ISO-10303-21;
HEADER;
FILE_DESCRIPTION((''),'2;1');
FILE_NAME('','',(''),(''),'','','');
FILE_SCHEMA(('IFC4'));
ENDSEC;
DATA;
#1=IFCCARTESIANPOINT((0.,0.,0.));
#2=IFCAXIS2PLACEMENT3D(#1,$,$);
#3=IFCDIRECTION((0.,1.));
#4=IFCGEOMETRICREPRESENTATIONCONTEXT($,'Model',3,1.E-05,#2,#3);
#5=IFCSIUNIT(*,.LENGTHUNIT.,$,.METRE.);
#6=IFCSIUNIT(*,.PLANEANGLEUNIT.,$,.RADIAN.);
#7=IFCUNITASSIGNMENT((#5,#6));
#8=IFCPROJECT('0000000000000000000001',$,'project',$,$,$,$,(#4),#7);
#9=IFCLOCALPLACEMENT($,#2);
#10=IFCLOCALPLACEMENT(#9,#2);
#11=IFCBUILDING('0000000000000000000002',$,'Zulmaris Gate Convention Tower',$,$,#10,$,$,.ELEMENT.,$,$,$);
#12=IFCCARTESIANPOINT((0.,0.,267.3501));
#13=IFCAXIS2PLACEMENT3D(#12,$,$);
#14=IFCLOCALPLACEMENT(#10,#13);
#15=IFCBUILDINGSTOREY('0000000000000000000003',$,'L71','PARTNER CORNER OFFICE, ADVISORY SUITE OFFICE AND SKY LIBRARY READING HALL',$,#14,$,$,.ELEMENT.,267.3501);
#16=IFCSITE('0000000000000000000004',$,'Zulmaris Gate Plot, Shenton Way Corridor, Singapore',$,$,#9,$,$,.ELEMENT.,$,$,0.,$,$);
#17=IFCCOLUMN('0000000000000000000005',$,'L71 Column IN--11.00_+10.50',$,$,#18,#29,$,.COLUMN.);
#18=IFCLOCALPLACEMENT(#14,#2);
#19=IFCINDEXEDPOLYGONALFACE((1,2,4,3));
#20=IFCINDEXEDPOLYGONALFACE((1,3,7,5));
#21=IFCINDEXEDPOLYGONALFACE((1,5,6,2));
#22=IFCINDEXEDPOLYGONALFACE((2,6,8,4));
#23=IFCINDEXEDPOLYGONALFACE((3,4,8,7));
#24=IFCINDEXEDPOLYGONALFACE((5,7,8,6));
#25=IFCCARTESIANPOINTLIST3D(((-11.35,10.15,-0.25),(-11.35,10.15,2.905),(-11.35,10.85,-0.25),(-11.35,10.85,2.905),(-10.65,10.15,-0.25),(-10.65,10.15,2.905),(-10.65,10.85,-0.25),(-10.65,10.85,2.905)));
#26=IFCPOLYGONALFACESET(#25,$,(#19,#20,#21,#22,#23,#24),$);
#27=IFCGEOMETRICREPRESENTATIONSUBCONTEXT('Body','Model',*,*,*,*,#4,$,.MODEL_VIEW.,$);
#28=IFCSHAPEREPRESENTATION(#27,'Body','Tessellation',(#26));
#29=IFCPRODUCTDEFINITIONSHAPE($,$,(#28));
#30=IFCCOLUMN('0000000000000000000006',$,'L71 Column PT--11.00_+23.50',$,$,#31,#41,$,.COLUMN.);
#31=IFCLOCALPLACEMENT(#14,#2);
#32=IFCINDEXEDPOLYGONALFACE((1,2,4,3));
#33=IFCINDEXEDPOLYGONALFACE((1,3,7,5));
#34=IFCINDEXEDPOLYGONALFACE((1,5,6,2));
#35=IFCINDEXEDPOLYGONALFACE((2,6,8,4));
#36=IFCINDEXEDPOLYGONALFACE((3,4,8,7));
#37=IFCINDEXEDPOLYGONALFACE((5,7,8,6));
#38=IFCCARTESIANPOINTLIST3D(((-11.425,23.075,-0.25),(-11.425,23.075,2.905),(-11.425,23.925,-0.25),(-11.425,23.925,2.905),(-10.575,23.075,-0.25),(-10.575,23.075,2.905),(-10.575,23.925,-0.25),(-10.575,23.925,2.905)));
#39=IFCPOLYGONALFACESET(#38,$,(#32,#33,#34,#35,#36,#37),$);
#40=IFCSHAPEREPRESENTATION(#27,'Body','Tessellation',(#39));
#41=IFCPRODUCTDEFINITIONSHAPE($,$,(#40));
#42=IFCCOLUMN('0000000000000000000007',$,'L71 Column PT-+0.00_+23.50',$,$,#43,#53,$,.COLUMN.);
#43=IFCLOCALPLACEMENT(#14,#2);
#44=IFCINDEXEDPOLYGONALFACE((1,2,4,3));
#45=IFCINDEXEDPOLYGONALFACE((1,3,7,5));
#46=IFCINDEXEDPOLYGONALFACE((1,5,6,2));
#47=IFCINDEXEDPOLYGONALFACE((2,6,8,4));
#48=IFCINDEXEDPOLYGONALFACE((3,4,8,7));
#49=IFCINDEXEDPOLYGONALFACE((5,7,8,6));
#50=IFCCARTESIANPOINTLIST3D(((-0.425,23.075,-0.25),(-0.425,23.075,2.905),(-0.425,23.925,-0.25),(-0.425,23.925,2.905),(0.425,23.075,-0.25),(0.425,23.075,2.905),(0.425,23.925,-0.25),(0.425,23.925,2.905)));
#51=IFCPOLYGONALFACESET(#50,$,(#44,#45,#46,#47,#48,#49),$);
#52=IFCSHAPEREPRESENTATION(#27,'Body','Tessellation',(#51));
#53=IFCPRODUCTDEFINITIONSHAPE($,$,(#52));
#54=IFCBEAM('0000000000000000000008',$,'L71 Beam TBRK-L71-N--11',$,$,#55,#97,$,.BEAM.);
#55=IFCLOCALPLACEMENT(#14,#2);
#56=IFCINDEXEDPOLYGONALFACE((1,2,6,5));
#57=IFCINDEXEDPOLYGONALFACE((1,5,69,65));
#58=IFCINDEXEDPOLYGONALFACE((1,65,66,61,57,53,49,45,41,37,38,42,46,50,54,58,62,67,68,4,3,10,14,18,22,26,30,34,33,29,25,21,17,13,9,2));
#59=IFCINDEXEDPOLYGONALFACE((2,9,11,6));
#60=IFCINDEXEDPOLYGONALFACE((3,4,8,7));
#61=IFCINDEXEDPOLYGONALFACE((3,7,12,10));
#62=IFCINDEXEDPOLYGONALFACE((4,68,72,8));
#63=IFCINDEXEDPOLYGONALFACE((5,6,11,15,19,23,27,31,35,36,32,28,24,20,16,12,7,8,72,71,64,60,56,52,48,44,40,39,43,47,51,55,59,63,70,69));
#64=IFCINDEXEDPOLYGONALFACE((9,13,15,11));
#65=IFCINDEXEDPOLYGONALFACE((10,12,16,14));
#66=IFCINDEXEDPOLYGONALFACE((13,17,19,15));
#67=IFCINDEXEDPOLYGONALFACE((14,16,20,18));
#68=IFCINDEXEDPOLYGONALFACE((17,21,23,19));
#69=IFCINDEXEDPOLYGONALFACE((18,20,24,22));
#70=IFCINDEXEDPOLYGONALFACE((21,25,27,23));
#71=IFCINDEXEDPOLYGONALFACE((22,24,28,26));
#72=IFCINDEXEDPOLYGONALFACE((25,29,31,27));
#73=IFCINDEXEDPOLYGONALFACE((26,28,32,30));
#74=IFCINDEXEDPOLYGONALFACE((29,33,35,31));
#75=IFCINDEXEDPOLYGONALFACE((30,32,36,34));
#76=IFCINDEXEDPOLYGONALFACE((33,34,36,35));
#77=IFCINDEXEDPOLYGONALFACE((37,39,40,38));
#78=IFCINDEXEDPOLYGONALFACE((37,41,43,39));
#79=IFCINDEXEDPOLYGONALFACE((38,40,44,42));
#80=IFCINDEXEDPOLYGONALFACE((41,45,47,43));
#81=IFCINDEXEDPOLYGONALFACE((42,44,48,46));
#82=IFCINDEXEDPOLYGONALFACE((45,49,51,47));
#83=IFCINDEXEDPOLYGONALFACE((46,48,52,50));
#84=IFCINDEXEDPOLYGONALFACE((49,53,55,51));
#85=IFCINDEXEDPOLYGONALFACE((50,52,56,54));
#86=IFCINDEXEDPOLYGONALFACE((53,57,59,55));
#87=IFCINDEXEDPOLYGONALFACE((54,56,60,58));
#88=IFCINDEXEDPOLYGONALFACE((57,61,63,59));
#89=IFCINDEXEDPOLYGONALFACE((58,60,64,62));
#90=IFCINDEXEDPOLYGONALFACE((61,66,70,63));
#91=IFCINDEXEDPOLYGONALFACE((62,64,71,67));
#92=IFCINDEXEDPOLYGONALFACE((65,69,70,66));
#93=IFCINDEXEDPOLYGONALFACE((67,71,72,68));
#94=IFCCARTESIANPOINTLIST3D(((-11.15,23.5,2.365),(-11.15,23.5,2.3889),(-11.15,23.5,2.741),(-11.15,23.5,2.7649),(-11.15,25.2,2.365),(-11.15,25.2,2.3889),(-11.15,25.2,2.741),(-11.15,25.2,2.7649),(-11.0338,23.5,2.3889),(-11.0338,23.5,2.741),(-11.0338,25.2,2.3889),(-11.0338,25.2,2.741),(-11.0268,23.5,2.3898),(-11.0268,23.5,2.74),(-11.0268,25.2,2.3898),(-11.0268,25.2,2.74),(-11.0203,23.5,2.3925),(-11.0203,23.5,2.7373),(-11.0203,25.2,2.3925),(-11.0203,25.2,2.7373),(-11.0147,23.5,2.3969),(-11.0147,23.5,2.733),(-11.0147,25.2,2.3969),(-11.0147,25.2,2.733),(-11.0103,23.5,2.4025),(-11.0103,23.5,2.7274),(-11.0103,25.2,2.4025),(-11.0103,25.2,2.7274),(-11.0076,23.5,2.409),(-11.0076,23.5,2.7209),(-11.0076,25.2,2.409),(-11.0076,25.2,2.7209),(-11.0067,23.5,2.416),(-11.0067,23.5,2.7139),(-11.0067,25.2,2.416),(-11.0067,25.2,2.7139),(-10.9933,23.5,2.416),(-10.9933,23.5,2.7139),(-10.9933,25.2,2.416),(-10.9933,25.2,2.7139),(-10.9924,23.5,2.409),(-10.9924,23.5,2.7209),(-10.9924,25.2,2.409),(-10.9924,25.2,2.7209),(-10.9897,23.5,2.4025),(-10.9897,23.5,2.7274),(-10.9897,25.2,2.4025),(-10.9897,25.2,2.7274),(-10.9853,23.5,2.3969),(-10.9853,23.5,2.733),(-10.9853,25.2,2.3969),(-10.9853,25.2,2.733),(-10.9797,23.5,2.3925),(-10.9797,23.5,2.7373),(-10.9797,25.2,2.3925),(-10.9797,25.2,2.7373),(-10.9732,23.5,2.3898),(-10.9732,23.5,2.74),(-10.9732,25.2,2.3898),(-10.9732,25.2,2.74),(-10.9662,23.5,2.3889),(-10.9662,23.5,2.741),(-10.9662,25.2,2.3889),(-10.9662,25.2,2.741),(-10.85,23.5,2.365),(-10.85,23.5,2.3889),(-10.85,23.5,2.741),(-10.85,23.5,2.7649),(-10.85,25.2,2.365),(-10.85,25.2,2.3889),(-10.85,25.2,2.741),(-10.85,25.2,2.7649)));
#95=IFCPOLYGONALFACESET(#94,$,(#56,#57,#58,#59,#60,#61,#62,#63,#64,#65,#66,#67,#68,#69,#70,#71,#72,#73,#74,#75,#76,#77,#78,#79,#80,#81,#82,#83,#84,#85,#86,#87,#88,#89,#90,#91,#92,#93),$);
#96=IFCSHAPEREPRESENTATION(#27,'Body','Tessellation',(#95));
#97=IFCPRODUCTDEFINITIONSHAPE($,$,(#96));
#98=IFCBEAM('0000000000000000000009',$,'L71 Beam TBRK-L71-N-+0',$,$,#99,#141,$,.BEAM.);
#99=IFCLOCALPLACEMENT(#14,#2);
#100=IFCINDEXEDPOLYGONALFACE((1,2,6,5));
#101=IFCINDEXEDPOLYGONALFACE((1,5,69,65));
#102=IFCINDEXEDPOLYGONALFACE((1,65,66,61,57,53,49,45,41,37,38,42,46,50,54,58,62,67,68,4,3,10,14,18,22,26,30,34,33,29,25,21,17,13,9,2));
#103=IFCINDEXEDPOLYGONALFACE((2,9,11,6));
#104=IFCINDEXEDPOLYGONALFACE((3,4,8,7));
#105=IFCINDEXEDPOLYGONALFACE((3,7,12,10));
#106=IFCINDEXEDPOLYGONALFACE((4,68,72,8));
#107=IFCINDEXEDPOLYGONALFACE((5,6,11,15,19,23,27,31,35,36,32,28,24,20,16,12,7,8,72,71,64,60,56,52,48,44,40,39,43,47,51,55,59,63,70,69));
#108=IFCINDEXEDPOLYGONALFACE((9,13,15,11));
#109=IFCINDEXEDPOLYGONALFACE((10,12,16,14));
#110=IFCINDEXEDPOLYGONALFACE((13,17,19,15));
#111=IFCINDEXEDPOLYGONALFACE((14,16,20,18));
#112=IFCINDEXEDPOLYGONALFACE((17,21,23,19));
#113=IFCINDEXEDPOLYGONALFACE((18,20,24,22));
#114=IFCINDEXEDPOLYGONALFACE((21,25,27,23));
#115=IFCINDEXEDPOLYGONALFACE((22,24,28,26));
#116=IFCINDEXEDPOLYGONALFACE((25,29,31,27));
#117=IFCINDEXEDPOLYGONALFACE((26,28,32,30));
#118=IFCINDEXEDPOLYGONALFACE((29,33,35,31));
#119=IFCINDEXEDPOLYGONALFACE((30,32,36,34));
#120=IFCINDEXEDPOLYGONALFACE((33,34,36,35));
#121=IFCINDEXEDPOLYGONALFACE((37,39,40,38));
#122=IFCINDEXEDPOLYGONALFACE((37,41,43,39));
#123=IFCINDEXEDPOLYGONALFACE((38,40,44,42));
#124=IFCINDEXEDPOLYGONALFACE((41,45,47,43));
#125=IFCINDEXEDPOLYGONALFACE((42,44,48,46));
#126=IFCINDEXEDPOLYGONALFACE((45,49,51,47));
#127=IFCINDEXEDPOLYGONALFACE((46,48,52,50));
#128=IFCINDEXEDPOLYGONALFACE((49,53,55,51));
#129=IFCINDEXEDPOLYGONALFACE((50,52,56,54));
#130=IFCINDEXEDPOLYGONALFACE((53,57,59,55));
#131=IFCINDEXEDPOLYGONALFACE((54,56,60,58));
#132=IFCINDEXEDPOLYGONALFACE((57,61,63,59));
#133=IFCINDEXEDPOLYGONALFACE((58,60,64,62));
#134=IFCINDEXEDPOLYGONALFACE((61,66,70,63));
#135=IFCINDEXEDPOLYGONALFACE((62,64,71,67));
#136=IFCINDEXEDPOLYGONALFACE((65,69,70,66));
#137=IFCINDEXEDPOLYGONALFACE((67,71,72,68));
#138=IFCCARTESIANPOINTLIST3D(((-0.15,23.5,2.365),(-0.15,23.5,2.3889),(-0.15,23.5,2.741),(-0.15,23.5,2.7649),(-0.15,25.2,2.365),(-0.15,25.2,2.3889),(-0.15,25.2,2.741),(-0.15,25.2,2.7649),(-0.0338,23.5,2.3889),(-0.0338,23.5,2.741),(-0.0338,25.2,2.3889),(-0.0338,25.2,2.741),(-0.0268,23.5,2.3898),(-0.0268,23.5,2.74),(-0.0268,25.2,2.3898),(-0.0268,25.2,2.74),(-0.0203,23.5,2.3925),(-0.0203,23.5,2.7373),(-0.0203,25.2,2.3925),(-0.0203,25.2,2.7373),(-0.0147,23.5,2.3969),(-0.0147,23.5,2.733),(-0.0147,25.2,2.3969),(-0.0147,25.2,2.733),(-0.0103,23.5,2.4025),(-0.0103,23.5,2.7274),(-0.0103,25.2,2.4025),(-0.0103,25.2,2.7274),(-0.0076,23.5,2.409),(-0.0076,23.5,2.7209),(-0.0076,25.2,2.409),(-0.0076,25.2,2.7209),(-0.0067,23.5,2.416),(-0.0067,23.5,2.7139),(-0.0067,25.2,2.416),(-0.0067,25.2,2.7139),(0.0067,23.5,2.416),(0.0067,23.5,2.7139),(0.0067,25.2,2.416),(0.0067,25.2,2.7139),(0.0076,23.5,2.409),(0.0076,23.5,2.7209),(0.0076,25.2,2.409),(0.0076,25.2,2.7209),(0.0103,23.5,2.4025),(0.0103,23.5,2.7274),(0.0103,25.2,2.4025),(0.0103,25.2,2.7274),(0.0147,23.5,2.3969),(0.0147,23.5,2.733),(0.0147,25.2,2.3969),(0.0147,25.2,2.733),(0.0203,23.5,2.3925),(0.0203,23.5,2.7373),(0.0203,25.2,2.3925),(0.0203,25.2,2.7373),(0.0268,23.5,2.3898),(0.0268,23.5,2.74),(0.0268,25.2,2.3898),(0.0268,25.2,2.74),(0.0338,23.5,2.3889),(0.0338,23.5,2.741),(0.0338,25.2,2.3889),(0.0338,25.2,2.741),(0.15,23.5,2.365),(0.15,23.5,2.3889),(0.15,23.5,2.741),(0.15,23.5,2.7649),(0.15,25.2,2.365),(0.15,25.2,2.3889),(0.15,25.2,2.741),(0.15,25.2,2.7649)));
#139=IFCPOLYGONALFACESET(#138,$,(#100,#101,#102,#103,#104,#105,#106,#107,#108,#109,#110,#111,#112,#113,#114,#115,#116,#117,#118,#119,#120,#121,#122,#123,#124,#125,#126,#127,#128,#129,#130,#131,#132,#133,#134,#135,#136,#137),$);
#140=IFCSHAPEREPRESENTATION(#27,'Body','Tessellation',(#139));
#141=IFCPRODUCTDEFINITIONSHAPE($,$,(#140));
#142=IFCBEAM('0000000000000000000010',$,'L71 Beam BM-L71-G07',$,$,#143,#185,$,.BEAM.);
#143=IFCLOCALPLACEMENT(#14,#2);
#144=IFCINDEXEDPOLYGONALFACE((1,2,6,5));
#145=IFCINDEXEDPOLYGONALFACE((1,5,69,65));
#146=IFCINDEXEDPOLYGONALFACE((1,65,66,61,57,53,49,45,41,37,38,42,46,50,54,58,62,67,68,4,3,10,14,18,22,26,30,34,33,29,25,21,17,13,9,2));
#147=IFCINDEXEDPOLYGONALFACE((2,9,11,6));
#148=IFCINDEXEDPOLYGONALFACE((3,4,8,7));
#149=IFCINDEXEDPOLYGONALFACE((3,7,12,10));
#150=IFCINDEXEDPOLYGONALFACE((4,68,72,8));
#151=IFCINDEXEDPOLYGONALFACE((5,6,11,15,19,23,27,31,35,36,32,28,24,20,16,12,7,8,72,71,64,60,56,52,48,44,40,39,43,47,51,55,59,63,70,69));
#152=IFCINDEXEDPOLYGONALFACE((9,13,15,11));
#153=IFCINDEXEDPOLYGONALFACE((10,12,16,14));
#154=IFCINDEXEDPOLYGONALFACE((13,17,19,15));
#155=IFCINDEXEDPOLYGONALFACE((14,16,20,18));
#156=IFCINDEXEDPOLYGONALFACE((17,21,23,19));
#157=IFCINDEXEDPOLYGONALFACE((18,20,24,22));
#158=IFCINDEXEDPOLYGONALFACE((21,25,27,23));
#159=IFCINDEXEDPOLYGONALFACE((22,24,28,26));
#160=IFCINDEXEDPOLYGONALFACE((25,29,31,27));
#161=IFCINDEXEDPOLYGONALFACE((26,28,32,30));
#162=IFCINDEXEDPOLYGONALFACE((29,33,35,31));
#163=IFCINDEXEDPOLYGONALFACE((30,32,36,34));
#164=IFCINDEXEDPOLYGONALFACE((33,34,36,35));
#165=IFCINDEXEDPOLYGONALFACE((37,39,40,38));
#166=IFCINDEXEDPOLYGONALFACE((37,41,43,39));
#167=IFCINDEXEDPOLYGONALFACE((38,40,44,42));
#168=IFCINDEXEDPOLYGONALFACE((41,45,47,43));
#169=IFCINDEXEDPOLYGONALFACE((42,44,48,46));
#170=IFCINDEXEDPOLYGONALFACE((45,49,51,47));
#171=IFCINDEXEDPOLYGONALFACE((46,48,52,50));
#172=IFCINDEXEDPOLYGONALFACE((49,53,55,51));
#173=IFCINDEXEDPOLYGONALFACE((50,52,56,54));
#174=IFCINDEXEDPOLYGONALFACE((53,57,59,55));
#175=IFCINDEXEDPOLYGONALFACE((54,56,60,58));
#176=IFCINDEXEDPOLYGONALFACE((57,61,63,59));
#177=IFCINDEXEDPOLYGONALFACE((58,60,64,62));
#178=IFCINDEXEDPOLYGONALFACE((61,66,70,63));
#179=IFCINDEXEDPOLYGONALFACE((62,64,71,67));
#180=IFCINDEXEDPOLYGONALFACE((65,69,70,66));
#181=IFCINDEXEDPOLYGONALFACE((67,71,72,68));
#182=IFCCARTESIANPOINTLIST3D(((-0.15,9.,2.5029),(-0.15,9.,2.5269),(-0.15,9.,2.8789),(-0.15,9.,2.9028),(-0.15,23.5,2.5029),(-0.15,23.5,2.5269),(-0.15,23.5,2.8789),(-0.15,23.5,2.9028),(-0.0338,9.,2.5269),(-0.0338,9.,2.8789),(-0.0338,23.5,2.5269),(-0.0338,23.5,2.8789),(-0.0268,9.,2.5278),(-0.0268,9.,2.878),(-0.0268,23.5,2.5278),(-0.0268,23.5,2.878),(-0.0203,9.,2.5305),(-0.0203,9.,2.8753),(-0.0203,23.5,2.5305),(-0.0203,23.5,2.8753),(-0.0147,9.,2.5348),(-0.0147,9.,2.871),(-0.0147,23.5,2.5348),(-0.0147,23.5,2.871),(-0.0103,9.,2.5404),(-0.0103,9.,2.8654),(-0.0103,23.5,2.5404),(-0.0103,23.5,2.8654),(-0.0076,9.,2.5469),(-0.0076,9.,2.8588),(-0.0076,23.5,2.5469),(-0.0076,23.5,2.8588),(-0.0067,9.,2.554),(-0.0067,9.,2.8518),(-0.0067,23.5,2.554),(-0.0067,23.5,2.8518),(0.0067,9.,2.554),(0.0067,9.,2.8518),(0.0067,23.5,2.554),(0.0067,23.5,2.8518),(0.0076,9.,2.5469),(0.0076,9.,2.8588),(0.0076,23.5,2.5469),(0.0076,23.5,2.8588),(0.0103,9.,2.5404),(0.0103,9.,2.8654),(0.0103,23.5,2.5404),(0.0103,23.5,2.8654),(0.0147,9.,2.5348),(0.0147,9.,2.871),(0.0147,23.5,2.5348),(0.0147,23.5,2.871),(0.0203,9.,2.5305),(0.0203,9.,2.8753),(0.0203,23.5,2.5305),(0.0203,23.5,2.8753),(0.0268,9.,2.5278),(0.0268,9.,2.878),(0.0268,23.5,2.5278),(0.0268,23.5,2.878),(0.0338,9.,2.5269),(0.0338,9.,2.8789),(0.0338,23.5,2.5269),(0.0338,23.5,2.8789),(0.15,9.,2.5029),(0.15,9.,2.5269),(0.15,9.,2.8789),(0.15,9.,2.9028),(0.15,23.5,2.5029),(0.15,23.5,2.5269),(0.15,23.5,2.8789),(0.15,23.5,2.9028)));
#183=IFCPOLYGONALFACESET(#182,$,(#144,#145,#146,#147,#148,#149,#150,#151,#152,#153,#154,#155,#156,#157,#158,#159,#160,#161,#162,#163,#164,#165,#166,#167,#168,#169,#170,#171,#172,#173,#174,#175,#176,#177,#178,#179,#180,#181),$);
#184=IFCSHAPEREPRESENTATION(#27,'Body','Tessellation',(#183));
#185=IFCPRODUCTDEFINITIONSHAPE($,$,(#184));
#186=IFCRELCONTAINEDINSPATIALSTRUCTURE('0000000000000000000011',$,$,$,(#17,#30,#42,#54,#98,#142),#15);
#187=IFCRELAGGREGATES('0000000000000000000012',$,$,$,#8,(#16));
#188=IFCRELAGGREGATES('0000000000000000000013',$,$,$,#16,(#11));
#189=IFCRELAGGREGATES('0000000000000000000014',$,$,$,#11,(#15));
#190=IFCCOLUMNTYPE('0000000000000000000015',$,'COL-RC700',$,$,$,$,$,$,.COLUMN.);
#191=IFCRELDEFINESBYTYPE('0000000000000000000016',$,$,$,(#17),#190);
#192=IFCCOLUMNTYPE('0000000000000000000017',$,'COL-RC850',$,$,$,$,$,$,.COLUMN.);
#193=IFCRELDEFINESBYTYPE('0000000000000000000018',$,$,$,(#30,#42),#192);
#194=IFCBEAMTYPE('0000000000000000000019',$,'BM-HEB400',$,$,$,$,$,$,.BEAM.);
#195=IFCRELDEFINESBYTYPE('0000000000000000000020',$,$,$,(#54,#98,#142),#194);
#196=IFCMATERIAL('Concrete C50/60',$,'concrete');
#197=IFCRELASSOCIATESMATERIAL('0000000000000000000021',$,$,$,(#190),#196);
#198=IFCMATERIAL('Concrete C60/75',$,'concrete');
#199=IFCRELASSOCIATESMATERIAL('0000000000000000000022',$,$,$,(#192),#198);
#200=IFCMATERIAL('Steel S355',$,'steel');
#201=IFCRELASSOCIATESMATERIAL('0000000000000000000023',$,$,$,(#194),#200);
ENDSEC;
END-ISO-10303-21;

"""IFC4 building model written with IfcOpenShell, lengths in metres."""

from ifc_helpers import new_model, si_unit, direction, frame, origin, origin_2d, place, context, subcontext, project, spatial, rectangle, i_section, extrude, material, material_profile, profile_set, type_object, element, save


model = new_model("IFC4")

# Units and contexts
model_context = context("Model", 3, precision=1e-05, world=origin(), true_north=direction((0.0, 1.0)))
body_context = subcontext(model_context, "Body", "Model", "MODEL_VIEW")
ifc_project = project(units=[si_unit("LENGTHUNIT", "METRE"), si_unit("PLANEANGLEUNIT", "RADIAN")], contexts=[model_context])

# Site, building, storey
site_placement = place(None, origin())
site = spatial("IfcSite", under=ifc_project, at=site_placement, Name="Zulmaris Gate Plot, Shenton Way Corridor, Singapore", CompositionType="ELEMENT", RefElevation=0.0)
building_placement = place(site_placement, origin())
building = spatial("IfcBuilding", under=site, at=building_placement, Name="Zulmaris Gate Convention Tower", CompositionType="ELEMENT")
storey_placement = place(building_placement, frame((0.0, 0.0, 267.3501)))
storey = spatial("IfcBuildingStorey", under=building, at=storey_placement, Name="L71", Description="PARTNER CORNER OFFICE, ADVISORY SUITE OFFICE AND SKY LIBRARY READING HALL", CompositionType="ELEMENT", Elevation=267.3501)

# Columns
ifc_material_1 = material(Name="Concrete C50/60", Category="concrete")
ifc_material_profile_1 = material_profile(ifc_material_1, rectangle(XDim=0.7, YDim=0.7, at=origin_2d()), Name="RC COL 700x700")
ifc_profile_set_1 = profile_set([ifc_material_profile_1], Name="Concrete C50/60")
column_type_1 = type_object("IfcColumnType", Name="COL-RC700", PredefinedType="COLUMN", material=ifc_profile_set_1)
column_placement = place(storey_placement, frame((-11.0, 10.5, -0.25), z_axis=(0.0, 0.0, 1.0), x_axis=(1.0, 0.0, 0.0)))
element("IfcColumn", 1, at=column_placement, inside=storey, type_object=column_type_1, Name="L71 Column IN--11.00_+10.50", PredefinedType="COLUMN", context=body_context, shape_type="SweptSolid", body=[
    extrude(rectangle(XDim=0.7, YDim=0.7, at=origin_2d()), origin(), (0.0, 0.0, 1.0), 3.155),
])
ifc_material_2 = material(Name="Concrete C60/75", Category="concrete")
ifc_material_profile_2 = material_profile(ifc_material_2, rectangle(XDim=0.8501, YDim=0.8501, at=origin_2d()), Name="RC COL 850x850")
ifc_profile_set_2 = profile_set([ifc_material_profile_2], Name="Concrete C60/75")
column_type_2 = type_object("IfcColumnType", Name="COL-RC850", PredefinedType="COLUMN", material=ifc_profile_set_2)
for number, where, z_axis, x_axis, name in (
    (2, (-11.0, 23.5, -0.25), (0.0, 0.0, 1.0), (1.0, 0.0, 0.0), "L71 Column PT--11.00_+23.50"),
    (3, (0.0, 23.5, -0.25), (0.0, 0.0, 1.0), (1.0, 0.0, 0.0), "L71 Column PT-+0.00_+23.50"),
):
    element("IfcColumn", number, at=place(storey_placement, frame(where, z_axis=z_axis, x_axis=x_axis)), inside=storey, type_object=column_type_2, Name=name, PredefinedType="COLUMN", context=body_context, shape_type="SweptSolid", body=[
        extrude(rectangle(XDim=0.8501, YDim=0.8501, at=origin_2d()), origin(), (0.0, 0.0, 1.0), 3.155),
    ])

# Beams
ifc_material_3 = material(Name="Steel S355", Category="steel")
ifc_material_profile_3 = material_profile(ifc_material_3, i_section(OverallWidth=0.3, OverallDepth=0.3999, WebThickness=0.0134, FlangeThickness=0.0239, FilletRadius=0.0271, at=origin_2d()), Name="HEB 400")
ifc_profile_set_3 = profile_set([ifc_material_profile_3], Name="Steel S355")
beam_type_1 = type_object("IfcBeamType", Name="BM-HEB400", PredefinedType="BEAM", material=ifc_profile_set_3)
for number, where, z_axis, x_axis, name in (
    (4, (-11.0, 23.5, 2.5649), (0.0, 1.0, 0.0), (-1.0, 0.0, 0.0), "L71 Beam TBRK-L71-N--11"),
    (5, (0.0, 23.5, 2.5649), (0.0, 1.0, 0.0), (-1.0, 0.0, 0.0), "L71 Beam TBRK-L71-N-+0"),
):
    element("IfcBeam", number, at=place(storey_placement, frame(where, z_axis=z_axis, x_axis=x_axis)), inside=storey, type_object=beam_type_1, Name=name, PredefinedType="BEAM", context=body_context, shape_type="SweptSolid", body=[
        extrude(i_section(OverallWidth=0.3, OverallDepth=0.3999, WebThickness=0.0134, FlangeThickness=0.0239, FilletRadius=0.0271, at=origin_2d()), origin(), (0.0, 0.0, 1.0), 1.7),
    ])
beam_1_placement = place(storey_placement, frame((0.0, 9.0, 2.7029), z_axis=(0.0, 1.0, 0.0), x_axis=(-1.0, 0.0, 0.0)))
element("IfcBeam", 6, at=beam_1_placement, inside=storey, type_object=beam_type_1, Name="L71 Beam BM-L71-G07", PredefinedType="BEAM", context=body_context, shape_type="SweptSolid", body=[
    extrude(i_section(OverallWidth=0.3, OverallDepth=0.3999, WebThickness=0.0134, FlangeThickness=0.0239, FilletRadius=0.0271, at=origin_2d()), origin(), (0.0, 0.0, 1.0), 14.5),
])

save(model, "model.ifc")
